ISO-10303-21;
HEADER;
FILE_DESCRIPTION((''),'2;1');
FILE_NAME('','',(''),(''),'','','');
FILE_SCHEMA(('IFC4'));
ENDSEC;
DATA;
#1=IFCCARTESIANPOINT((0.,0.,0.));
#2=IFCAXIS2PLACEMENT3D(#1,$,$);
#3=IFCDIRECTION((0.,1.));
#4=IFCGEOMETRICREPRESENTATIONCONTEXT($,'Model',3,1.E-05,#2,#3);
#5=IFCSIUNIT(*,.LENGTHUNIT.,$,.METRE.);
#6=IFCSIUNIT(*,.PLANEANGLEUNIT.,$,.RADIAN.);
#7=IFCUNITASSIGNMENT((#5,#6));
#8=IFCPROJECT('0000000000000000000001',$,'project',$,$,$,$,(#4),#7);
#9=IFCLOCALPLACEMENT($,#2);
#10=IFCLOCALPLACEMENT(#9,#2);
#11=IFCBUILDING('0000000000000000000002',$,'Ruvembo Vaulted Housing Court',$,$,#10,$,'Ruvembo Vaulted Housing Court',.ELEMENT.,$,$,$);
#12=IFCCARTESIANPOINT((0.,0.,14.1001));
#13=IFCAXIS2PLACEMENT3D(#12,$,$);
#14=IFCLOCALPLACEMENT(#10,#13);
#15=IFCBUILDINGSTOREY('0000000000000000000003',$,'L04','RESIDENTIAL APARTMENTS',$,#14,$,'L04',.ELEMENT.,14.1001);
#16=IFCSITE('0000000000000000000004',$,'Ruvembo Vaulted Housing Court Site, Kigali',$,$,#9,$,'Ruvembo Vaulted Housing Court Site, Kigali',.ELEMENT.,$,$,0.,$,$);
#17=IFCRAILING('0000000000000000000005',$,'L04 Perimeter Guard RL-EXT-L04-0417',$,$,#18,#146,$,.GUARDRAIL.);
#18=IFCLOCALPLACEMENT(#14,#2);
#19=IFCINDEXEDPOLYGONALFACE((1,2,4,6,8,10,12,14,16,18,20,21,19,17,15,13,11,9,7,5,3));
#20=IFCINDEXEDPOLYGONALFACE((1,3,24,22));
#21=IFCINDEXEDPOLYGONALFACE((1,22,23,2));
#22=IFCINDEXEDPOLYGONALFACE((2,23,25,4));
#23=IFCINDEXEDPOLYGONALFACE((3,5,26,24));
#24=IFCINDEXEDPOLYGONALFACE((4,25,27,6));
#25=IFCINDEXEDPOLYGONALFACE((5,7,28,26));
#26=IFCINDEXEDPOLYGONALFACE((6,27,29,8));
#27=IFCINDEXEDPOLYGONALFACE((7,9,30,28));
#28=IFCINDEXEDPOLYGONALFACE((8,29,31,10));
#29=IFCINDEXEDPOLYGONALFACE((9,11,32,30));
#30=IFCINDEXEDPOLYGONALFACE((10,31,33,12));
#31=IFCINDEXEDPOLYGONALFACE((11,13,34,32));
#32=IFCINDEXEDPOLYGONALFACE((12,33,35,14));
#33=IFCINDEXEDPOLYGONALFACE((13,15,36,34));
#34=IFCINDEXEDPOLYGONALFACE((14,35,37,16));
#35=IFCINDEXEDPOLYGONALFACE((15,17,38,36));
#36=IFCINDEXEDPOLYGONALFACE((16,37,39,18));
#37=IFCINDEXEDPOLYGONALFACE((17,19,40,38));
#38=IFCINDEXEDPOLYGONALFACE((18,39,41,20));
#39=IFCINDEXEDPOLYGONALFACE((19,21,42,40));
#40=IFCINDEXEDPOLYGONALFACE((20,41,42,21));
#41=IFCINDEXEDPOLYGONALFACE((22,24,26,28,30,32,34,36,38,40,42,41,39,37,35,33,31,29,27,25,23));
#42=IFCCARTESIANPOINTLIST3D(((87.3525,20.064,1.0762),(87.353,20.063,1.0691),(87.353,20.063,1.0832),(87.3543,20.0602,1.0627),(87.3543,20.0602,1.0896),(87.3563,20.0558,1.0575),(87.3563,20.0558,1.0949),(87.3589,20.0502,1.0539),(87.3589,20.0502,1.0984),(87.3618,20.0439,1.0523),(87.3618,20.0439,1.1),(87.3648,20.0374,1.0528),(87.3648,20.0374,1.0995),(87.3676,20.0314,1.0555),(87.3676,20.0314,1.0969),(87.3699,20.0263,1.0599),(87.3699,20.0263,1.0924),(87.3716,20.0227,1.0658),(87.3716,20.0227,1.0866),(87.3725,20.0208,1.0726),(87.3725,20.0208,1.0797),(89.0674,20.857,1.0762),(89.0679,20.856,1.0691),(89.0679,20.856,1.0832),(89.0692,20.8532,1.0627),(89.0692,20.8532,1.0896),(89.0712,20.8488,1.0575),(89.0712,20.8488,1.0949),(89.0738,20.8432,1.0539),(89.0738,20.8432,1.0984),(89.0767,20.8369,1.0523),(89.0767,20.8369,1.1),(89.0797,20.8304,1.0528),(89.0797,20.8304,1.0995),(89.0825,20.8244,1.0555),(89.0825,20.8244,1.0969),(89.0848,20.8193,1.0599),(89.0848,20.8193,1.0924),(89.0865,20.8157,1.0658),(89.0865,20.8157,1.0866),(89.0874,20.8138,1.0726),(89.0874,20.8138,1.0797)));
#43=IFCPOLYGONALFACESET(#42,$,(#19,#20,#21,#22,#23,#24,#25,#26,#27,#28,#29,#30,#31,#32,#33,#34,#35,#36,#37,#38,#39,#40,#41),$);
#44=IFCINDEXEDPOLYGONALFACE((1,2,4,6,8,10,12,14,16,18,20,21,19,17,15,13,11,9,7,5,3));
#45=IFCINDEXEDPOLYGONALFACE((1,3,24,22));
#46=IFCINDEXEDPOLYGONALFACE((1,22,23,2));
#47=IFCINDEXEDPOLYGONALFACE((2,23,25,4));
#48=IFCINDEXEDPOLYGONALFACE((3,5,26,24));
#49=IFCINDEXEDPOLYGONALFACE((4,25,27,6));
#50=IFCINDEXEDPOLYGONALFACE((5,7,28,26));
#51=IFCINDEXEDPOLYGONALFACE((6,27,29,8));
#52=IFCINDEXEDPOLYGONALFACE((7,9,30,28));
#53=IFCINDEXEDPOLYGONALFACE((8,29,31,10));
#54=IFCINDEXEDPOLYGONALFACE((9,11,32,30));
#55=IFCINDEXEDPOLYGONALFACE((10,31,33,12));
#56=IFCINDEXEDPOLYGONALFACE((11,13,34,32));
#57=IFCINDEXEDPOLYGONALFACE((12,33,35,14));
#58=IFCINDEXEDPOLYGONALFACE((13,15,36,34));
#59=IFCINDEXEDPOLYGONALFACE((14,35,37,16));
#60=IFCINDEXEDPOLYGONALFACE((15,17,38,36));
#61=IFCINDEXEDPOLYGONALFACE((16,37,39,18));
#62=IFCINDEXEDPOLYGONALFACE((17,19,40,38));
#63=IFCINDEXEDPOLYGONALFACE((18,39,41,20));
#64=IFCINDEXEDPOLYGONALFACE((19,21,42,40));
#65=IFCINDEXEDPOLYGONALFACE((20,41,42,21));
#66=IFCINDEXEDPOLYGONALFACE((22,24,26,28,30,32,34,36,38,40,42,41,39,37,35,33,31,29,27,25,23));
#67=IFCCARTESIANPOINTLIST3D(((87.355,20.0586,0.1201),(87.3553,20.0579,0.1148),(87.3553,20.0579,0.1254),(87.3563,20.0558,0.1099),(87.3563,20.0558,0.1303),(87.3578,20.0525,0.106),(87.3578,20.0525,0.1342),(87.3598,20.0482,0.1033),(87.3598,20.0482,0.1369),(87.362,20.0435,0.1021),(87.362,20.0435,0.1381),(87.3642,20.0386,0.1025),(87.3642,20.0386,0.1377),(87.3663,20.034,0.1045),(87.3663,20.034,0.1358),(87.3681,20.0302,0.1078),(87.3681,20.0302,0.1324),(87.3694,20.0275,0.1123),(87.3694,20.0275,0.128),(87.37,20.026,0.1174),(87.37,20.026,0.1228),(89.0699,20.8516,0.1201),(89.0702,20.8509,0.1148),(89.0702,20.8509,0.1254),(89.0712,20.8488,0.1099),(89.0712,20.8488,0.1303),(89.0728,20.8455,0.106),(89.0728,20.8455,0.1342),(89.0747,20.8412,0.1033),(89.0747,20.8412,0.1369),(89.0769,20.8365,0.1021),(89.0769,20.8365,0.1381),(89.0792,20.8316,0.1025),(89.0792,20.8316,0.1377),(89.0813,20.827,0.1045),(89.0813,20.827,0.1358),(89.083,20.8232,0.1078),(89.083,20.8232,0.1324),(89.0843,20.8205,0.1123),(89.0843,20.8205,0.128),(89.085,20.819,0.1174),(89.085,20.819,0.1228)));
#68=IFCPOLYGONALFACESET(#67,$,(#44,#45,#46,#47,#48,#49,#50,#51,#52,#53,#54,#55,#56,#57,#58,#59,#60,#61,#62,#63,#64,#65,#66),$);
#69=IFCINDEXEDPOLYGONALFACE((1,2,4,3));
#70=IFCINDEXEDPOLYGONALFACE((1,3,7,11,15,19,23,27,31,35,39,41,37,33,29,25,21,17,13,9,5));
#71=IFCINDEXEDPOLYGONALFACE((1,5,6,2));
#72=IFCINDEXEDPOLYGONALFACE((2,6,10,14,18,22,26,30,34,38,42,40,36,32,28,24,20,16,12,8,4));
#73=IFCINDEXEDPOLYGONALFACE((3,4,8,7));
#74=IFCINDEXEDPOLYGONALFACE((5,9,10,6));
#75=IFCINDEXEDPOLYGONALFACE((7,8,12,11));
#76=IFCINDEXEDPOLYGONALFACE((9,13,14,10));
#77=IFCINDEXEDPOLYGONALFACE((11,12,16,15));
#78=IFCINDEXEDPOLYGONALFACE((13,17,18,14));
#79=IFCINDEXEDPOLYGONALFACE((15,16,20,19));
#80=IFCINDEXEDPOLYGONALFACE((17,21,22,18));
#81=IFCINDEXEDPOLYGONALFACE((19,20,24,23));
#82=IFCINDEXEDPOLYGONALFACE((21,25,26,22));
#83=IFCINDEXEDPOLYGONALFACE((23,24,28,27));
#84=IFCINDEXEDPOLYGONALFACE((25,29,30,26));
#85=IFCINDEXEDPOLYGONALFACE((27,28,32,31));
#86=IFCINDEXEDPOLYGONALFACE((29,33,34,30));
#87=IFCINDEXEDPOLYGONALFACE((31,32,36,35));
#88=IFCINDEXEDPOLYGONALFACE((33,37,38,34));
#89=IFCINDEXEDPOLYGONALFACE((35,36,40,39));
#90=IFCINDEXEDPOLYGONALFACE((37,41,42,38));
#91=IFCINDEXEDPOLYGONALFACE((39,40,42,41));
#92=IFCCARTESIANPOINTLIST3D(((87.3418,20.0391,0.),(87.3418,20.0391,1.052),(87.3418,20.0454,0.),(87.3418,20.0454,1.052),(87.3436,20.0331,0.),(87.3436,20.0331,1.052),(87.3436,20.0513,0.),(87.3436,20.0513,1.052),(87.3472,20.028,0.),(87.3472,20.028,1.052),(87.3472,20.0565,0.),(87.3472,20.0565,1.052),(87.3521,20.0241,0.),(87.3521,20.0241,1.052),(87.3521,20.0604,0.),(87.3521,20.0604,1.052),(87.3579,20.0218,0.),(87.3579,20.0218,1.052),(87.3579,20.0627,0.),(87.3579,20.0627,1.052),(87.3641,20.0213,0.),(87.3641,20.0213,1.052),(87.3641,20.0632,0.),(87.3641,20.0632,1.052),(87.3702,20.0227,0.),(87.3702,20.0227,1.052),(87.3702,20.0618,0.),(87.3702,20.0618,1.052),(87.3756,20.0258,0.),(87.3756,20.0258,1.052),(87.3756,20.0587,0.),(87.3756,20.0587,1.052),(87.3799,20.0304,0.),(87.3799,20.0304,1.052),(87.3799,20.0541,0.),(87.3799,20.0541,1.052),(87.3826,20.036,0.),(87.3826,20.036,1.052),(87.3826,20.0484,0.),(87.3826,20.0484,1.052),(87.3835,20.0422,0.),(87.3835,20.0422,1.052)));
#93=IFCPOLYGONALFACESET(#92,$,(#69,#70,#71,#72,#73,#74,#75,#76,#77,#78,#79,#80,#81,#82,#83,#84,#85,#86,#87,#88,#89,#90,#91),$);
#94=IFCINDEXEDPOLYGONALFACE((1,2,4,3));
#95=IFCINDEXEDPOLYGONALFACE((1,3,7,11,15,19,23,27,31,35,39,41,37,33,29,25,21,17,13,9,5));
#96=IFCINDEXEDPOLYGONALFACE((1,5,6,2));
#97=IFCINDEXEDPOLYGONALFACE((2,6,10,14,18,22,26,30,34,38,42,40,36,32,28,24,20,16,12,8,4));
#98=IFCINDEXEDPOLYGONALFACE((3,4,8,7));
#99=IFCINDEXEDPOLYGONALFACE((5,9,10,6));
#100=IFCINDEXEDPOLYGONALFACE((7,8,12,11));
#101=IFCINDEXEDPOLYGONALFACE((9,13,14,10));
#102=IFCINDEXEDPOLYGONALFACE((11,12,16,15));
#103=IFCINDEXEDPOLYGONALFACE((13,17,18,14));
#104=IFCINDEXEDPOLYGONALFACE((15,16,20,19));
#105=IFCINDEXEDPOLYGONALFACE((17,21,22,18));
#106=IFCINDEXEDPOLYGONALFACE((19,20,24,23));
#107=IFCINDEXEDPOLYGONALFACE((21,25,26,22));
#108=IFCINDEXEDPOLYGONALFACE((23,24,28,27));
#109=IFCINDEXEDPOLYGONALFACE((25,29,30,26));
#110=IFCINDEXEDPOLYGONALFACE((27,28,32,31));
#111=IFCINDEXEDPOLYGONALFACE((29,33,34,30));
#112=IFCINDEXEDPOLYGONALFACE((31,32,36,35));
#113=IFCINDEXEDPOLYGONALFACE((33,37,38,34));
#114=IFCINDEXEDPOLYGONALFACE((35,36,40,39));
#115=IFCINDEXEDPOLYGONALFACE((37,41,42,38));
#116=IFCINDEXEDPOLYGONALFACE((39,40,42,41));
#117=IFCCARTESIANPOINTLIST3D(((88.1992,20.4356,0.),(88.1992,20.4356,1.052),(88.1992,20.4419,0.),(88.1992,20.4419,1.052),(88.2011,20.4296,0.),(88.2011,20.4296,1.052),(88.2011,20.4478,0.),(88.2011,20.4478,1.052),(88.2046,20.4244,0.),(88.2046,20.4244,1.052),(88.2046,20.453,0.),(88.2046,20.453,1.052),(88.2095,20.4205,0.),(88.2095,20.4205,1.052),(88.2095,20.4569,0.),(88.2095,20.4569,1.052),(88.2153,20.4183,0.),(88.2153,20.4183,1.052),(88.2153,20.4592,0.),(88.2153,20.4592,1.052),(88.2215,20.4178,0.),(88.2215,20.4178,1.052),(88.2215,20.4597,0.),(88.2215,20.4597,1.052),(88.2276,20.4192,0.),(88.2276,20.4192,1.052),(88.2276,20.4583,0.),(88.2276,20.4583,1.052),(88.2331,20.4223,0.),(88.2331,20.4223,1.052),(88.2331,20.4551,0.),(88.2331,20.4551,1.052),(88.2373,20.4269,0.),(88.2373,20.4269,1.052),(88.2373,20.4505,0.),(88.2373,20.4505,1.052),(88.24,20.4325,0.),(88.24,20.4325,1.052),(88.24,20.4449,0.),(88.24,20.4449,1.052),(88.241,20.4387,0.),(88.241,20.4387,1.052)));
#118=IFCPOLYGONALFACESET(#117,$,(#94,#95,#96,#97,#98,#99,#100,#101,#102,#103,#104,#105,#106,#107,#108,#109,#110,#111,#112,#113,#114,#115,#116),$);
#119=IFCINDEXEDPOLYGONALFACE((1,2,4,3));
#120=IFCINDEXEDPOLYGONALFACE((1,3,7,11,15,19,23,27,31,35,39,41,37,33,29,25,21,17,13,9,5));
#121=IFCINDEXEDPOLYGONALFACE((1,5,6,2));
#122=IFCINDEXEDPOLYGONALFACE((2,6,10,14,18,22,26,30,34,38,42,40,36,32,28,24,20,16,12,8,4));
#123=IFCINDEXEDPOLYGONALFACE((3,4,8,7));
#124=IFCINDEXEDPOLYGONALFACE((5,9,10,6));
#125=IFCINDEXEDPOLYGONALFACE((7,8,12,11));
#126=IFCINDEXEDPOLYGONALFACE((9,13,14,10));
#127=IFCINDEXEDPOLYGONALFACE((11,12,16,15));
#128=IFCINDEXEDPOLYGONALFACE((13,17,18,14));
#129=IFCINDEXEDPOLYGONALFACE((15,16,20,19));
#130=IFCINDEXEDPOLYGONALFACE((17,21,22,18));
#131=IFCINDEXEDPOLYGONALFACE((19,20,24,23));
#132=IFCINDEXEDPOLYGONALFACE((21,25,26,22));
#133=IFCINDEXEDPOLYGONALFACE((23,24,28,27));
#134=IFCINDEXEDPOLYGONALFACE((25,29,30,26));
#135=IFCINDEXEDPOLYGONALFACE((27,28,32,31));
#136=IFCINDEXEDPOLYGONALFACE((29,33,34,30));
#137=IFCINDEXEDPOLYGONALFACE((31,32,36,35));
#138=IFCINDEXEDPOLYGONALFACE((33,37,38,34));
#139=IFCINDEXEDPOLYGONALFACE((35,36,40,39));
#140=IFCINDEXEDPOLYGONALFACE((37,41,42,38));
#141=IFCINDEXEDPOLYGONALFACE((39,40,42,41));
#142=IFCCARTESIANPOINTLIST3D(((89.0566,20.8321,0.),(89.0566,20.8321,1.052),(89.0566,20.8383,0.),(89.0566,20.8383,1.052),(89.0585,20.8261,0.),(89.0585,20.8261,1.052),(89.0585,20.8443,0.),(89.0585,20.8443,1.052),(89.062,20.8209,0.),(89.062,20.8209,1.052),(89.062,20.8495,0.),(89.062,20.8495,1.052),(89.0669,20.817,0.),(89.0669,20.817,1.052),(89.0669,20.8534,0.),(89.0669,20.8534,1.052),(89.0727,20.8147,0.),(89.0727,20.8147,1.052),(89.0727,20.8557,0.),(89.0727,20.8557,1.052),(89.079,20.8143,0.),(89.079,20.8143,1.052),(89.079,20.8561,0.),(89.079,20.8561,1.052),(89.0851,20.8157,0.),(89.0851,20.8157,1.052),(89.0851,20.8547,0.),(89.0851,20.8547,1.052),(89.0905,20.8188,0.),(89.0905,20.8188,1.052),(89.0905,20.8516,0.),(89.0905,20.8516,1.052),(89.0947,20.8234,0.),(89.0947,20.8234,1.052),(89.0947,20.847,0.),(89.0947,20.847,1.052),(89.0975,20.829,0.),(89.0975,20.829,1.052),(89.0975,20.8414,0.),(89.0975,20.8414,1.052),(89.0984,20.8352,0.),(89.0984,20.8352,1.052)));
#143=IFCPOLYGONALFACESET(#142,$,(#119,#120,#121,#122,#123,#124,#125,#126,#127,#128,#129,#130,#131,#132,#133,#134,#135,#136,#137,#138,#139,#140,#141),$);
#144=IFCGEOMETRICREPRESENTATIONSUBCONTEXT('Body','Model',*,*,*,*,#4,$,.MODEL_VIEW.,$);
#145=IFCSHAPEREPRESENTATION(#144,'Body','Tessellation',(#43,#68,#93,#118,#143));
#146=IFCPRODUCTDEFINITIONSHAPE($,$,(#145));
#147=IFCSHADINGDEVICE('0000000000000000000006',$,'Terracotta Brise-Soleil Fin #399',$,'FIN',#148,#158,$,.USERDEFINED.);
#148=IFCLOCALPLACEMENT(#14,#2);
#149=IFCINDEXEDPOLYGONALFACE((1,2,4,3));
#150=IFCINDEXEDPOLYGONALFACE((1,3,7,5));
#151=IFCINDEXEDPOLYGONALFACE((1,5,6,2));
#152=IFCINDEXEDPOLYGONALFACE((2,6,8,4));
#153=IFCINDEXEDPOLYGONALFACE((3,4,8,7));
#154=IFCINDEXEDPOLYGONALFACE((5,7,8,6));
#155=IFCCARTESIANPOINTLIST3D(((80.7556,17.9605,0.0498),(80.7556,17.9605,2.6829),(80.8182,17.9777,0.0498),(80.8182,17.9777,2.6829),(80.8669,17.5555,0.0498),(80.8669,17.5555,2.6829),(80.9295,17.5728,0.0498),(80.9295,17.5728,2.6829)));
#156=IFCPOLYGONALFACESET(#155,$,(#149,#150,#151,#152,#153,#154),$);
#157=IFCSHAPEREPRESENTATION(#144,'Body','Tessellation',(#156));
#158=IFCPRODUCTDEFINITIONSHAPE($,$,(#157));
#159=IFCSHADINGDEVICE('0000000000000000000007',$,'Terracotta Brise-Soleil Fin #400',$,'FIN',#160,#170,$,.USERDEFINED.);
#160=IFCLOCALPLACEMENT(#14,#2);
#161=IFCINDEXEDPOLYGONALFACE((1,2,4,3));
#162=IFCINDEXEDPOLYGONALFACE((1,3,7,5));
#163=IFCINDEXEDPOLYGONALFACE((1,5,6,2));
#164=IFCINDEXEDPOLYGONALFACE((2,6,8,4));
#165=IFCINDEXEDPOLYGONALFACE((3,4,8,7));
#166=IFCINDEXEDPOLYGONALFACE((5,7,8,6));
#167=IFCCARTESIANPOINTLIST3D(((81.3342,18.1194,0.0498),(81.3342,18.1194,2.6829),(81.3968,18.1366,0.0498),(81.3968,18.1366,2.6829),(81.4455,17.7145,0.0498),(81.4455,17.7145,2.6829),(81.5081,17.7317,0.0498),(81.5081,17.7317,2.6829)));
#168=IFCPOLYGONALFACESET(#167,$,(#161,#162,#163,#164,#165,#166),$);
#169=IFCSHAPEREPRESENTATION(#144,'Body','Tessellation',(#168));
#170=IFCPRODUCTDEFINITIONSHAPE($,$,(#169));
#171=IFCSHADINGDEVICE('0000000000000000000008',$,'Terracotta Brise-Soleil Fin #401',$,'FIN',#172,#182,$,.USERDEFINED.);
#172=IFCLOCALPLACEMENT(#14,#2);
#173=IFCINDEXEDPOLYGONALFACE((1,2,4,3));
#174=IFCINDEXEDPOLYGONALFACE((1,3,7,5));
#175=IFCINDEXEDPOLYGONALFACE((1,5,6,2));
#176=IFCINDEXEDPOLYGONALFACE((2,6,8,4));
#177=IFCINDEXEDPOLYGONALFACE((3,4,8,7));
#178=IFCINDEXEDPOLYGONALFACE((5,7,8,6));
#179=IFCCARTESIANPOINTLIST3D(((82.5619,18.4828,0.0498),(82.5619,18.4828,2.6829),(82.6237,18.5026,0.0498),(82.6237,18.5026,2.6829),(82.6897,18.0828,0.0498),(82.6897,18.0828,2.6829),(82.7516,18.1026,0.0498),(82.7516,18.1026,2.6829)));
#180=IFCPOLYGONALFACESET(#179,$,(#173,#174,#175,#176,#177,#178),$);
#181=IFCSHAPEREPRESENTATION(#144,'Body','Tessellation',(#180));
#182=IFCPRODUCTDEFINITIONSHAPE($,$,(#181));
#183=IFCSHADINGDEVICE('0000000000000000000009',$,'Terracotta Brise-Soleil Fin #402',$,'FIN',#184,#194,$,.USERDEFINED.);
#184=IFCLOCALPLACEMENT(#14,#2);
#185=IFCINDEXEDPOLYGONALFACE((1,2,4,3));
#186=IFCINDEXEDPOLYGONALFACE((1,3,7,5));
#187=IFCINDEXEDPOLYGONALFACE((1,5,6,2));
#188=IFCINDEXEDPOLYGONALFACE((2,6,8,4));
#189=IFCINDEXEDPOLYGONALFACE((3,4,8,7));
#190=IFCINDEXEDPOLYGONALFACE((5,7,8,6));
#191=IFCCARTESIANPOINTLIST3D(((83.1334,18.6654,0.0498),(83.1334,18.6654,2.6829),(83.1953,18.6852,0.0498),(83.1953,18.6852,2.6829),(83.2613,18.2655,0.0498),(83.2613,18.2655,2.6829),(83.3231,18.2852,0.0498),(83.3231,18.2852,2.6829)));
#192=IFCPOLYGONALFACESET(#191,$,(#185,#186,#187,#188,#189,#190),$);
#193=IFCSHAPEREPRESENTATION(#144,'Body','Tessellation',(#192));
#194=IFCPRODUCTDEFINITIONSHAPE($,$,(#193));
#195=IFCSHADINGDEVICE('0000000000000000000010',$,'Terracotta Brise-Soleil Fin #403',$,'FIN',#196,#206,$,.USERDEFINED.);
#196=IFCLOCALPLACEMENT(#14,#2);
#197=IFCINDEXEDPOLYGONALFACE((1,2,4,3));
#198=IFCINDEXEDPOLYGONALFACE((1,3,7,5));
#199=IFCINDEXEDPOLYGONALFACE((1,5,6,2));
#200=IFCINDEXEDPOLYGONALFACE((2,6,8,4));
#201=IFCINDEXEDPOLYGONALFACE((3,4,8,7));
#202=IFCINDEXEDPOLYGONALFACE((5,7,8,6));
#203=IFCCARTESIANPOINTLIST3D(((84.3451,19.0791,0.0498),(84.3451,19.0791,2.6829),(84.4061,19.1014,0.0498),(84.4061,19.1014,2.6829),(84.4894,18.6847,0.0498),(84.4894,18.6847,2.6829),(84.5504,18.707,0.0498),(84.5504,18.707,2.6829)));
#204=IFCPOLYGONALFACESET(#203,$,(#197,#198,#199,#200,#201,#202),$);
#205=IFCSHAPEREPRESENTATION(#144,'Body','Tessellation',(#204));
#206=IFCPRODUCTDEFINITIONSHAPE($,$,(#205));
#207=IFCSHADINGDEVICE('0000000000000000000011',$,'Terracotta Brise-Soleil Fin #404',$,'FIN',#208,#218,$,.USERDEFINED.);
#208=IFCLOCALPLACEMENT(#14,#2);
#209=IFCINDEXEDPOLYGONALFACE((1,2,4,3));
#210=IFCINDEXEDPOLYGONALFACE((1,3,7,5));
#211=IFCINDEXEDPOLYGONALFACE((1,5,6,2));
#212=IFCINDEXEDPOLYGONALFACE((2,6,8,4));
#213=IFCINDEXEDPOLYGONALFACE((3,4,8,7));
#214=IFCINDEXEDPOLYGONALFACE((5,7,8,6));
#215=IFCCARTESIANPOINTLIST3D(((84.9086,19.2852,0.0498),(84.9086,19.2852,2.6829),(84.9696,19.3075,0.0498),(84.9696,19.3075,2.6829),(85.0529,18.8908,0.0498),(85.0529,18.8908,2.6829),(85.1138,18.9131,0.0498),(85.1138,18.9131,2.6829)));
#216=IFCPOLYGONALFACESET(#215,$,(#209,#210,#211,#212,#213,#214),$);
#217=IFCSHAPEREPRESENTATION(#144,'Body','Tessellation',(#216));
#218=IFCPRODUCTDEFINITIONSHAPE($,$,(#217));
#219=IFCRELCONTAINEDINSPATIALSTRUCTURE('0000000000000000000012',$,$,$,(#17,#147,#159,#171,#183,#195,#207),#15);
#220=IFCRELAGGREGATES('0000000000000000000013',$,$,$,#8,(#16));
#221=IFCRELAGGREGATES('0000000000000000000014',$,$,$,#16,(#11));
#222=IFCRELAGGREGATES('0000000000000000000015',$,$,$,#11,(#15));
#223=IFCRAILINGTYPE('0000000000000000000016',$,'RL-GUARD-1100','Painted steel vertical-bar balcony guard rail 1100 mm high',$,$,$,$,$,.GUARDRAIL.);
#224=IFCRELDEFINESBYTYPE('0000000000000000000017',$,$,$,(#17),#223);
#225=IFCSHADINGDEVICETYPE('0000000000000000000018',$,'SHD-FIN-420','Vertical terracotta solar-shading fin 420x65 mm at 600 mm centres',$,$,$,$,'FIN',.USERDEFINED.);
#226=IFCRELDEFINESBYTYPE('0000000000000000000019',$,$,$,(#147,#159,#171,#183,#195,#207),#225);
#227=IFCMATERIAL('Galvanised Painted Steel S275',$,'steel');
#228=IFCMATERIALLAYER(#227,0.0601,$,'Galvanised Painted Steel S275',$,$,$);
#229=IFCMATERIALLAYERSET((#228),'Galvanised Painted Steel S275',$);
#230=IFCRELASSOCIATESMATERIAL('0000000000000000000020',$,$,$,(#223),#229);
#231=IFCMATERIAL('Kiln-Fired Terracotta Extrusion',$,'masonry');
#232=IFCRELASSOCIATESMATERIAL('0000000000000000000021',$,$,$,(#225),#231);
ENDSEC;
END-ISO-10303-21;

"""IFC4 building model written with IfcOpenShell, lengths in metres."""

from ifc_helpers import new_model, si_unit, direction, frame, origin, origin_2d, place, context, subcontext, project, spatial, rectangle, circle, extrude, material, layer, layer_set, type_object, element, save


model = new_model("IFC4")

# Units and contexts
model_context = context("Model", 3, precision=1e-05, world=origin(), true_north=direction((0.0, 1.0)))
body_context = subcontext(model_context, "Body", "Model", "MODEL_VIEW")
ifc_project = project(units=[si_unit("LENGTHUNIT", "METRE"), si_unit("PLANEANGLEUNIT", "RADIAN")], contexts=[model_context])

# Site, building, storey
site_placement = place(None, origin())
site = spatial("IfcSite", under=ifc_project, at=site_placement, Name="Ruvembo Vaulted Housing Court Site, Kigali", LongName="Ruvembo Vaulted Housing Court Site, Kigali", CompositionType="ELEMENT", RefElevation=0.0)
building_placement = place(site_placement, origin())
building = spatial("IfcBuilding", under=site, at=building_placement, Name="Ruvembo Vaulted Housing Court", LongName="Ruvembo Vaulted Housing Court", CompositionType="ELEMENT")
storey_placement = place(building_placement, frame((0.0, 0.0, 14.1001)))
storey = spatial("IfcBuildingStorey", under=building, at=storey_placement, Name="L04", Description="RESIDENTIAL APARTMENTS", LongName="L04", CompositionType="ELEMENT", Elevation=14.1001)

# Railing
ifc_material_1 = material(Name="Galvanised Painted Steel S275", Category="steel")
ifc_layer = layer(ifc_material_1, 0.0601, Name="Galvanised Painted Steel S275")
ifc_layer_set = layer_set([ifc_layer], Name="Galvanised Painted Steel S275")
railing_type = type_object("IfcRailingType", Name="RL-GUARD-1100", Description="Painted steel vertical-bar balcony guard rail 1100 mm high", PredefinedType="GUARDRAIL", material=ifc_layer_set)
railing_1_placement = place(storey_placement, frame((87.3625, 20.0422, 0.0)))
element("IfcRailing", 1, at=railing_1_placement, inside=storey, type_object=railing_type, Name="L04 Perimeter Guard RL-EXT-L04-0417", PredefinedType="GUARDRAIL", context=body_context, shape_type="SweptSolid", body=[
    extrude(circle(Radius=0.0239, at=origin_2d()), frame((0.0, 0.0, 1.0762), z_axis=(0.907657, 0.419714, 0.0), x_axis=(-0.419714, 0.907657, 0.0)), (0.0, 0.0, 1.0), 1.8894),
    extrude(circle(Radius=0.0181, at=origin_2d()), frame((0.0, 0.0, 0.1201), z_axis=(0.907657, 0.419714, 0.0), x_axis=(-0.419714, 0.907657, 0.0)), (0.0, 0.0, 1.0), 1.8894),
    extrude(circle(Radius=0.021, at=origin_2d()), origin(), (0.0, 0.0, 1.0), 1.052),
    extrude(circle(Radius=0.021, at=origin_2d()), frame((0.8574, 0.3965, 0.0)), (0.0, 0.0, 1.0), 1.052),
    extrude(circle(Radius=0.021, at=origin_2d()), frame((1.7148, 0.793, 0.0)), (0.0, 0.0, 1.0), 1.052),
])

# Shading devices
ifc_material_2 = material(Name="Kiln-Fired Terracotta Extrusion", Category="masonry")
shading_device_type = type_object("IfcShadingDeviceType", Name="SHD-FIN-420", Description="Vertical terracotta solar-shading fin 420x65 mm at 600 mm centres", ElementType="FIN", PredefinedType="USERDEFINED", material=ifc_material_2)
for number, where, z_axis, x_axis, name in (
    (2, (80.8425, 17.7666, 0.0498), (0.0, 0.0, 1.0), (0.264984, -0.964253, 0.0), "Terracotta Brise-Soleil Fin #399"),
    (3, (81.4211, 17.9255, 0.0498), (0.0, 0.0, 1.0), (0.264984, -0.964253, 0.0), "Terracotta Brise-Soleil Fin #400"),
    (4, (82.6567, 18.2927, 0.0498), (0.0, 0.0, 1.0), (0.304449, -0.952529, 0.0), "Terracotta Brise-Soleil Fin #401"),
    (5, (83.2283, 18.4753, 0.0498), (0.0, 0.0, 1.0), (0.304449, -0.952529, 0.0), "Terracotta Brise-Soleil Fin #402"),
    (6, (84.4478, 18.8931, 0.0498), (0.0, 0.0, 1.0), (0.343512, -0.939148, 0.0), "Terracotta Brise-Soleil Fin #403"),
    (7, (85.0112, 19.0991, 0.0498), (0.0, 0.0, 1.0), (0.343512, -0.939148, 0.0), "Terracotta Brise-Soleil Fin #404"),
):
    element("IfcShadingDevice", number, at=place(storey_placement, frame(where, z_axis=z_axis, x_axis=x_axis)), inside=storey, type_object=shading_device_type, Name=name, ObjectType="FIN", PredefinedType="USERDEFINED", context=body_context, shape_type="SweptSolid", body=[
        extrude(rectangle(XDim=0.4199, YDim=0.0649, at=origin_2d()), origin(), (0.0, 0.0, 1.0), 2.6331),
    ])

save(model, "model.ifc")
